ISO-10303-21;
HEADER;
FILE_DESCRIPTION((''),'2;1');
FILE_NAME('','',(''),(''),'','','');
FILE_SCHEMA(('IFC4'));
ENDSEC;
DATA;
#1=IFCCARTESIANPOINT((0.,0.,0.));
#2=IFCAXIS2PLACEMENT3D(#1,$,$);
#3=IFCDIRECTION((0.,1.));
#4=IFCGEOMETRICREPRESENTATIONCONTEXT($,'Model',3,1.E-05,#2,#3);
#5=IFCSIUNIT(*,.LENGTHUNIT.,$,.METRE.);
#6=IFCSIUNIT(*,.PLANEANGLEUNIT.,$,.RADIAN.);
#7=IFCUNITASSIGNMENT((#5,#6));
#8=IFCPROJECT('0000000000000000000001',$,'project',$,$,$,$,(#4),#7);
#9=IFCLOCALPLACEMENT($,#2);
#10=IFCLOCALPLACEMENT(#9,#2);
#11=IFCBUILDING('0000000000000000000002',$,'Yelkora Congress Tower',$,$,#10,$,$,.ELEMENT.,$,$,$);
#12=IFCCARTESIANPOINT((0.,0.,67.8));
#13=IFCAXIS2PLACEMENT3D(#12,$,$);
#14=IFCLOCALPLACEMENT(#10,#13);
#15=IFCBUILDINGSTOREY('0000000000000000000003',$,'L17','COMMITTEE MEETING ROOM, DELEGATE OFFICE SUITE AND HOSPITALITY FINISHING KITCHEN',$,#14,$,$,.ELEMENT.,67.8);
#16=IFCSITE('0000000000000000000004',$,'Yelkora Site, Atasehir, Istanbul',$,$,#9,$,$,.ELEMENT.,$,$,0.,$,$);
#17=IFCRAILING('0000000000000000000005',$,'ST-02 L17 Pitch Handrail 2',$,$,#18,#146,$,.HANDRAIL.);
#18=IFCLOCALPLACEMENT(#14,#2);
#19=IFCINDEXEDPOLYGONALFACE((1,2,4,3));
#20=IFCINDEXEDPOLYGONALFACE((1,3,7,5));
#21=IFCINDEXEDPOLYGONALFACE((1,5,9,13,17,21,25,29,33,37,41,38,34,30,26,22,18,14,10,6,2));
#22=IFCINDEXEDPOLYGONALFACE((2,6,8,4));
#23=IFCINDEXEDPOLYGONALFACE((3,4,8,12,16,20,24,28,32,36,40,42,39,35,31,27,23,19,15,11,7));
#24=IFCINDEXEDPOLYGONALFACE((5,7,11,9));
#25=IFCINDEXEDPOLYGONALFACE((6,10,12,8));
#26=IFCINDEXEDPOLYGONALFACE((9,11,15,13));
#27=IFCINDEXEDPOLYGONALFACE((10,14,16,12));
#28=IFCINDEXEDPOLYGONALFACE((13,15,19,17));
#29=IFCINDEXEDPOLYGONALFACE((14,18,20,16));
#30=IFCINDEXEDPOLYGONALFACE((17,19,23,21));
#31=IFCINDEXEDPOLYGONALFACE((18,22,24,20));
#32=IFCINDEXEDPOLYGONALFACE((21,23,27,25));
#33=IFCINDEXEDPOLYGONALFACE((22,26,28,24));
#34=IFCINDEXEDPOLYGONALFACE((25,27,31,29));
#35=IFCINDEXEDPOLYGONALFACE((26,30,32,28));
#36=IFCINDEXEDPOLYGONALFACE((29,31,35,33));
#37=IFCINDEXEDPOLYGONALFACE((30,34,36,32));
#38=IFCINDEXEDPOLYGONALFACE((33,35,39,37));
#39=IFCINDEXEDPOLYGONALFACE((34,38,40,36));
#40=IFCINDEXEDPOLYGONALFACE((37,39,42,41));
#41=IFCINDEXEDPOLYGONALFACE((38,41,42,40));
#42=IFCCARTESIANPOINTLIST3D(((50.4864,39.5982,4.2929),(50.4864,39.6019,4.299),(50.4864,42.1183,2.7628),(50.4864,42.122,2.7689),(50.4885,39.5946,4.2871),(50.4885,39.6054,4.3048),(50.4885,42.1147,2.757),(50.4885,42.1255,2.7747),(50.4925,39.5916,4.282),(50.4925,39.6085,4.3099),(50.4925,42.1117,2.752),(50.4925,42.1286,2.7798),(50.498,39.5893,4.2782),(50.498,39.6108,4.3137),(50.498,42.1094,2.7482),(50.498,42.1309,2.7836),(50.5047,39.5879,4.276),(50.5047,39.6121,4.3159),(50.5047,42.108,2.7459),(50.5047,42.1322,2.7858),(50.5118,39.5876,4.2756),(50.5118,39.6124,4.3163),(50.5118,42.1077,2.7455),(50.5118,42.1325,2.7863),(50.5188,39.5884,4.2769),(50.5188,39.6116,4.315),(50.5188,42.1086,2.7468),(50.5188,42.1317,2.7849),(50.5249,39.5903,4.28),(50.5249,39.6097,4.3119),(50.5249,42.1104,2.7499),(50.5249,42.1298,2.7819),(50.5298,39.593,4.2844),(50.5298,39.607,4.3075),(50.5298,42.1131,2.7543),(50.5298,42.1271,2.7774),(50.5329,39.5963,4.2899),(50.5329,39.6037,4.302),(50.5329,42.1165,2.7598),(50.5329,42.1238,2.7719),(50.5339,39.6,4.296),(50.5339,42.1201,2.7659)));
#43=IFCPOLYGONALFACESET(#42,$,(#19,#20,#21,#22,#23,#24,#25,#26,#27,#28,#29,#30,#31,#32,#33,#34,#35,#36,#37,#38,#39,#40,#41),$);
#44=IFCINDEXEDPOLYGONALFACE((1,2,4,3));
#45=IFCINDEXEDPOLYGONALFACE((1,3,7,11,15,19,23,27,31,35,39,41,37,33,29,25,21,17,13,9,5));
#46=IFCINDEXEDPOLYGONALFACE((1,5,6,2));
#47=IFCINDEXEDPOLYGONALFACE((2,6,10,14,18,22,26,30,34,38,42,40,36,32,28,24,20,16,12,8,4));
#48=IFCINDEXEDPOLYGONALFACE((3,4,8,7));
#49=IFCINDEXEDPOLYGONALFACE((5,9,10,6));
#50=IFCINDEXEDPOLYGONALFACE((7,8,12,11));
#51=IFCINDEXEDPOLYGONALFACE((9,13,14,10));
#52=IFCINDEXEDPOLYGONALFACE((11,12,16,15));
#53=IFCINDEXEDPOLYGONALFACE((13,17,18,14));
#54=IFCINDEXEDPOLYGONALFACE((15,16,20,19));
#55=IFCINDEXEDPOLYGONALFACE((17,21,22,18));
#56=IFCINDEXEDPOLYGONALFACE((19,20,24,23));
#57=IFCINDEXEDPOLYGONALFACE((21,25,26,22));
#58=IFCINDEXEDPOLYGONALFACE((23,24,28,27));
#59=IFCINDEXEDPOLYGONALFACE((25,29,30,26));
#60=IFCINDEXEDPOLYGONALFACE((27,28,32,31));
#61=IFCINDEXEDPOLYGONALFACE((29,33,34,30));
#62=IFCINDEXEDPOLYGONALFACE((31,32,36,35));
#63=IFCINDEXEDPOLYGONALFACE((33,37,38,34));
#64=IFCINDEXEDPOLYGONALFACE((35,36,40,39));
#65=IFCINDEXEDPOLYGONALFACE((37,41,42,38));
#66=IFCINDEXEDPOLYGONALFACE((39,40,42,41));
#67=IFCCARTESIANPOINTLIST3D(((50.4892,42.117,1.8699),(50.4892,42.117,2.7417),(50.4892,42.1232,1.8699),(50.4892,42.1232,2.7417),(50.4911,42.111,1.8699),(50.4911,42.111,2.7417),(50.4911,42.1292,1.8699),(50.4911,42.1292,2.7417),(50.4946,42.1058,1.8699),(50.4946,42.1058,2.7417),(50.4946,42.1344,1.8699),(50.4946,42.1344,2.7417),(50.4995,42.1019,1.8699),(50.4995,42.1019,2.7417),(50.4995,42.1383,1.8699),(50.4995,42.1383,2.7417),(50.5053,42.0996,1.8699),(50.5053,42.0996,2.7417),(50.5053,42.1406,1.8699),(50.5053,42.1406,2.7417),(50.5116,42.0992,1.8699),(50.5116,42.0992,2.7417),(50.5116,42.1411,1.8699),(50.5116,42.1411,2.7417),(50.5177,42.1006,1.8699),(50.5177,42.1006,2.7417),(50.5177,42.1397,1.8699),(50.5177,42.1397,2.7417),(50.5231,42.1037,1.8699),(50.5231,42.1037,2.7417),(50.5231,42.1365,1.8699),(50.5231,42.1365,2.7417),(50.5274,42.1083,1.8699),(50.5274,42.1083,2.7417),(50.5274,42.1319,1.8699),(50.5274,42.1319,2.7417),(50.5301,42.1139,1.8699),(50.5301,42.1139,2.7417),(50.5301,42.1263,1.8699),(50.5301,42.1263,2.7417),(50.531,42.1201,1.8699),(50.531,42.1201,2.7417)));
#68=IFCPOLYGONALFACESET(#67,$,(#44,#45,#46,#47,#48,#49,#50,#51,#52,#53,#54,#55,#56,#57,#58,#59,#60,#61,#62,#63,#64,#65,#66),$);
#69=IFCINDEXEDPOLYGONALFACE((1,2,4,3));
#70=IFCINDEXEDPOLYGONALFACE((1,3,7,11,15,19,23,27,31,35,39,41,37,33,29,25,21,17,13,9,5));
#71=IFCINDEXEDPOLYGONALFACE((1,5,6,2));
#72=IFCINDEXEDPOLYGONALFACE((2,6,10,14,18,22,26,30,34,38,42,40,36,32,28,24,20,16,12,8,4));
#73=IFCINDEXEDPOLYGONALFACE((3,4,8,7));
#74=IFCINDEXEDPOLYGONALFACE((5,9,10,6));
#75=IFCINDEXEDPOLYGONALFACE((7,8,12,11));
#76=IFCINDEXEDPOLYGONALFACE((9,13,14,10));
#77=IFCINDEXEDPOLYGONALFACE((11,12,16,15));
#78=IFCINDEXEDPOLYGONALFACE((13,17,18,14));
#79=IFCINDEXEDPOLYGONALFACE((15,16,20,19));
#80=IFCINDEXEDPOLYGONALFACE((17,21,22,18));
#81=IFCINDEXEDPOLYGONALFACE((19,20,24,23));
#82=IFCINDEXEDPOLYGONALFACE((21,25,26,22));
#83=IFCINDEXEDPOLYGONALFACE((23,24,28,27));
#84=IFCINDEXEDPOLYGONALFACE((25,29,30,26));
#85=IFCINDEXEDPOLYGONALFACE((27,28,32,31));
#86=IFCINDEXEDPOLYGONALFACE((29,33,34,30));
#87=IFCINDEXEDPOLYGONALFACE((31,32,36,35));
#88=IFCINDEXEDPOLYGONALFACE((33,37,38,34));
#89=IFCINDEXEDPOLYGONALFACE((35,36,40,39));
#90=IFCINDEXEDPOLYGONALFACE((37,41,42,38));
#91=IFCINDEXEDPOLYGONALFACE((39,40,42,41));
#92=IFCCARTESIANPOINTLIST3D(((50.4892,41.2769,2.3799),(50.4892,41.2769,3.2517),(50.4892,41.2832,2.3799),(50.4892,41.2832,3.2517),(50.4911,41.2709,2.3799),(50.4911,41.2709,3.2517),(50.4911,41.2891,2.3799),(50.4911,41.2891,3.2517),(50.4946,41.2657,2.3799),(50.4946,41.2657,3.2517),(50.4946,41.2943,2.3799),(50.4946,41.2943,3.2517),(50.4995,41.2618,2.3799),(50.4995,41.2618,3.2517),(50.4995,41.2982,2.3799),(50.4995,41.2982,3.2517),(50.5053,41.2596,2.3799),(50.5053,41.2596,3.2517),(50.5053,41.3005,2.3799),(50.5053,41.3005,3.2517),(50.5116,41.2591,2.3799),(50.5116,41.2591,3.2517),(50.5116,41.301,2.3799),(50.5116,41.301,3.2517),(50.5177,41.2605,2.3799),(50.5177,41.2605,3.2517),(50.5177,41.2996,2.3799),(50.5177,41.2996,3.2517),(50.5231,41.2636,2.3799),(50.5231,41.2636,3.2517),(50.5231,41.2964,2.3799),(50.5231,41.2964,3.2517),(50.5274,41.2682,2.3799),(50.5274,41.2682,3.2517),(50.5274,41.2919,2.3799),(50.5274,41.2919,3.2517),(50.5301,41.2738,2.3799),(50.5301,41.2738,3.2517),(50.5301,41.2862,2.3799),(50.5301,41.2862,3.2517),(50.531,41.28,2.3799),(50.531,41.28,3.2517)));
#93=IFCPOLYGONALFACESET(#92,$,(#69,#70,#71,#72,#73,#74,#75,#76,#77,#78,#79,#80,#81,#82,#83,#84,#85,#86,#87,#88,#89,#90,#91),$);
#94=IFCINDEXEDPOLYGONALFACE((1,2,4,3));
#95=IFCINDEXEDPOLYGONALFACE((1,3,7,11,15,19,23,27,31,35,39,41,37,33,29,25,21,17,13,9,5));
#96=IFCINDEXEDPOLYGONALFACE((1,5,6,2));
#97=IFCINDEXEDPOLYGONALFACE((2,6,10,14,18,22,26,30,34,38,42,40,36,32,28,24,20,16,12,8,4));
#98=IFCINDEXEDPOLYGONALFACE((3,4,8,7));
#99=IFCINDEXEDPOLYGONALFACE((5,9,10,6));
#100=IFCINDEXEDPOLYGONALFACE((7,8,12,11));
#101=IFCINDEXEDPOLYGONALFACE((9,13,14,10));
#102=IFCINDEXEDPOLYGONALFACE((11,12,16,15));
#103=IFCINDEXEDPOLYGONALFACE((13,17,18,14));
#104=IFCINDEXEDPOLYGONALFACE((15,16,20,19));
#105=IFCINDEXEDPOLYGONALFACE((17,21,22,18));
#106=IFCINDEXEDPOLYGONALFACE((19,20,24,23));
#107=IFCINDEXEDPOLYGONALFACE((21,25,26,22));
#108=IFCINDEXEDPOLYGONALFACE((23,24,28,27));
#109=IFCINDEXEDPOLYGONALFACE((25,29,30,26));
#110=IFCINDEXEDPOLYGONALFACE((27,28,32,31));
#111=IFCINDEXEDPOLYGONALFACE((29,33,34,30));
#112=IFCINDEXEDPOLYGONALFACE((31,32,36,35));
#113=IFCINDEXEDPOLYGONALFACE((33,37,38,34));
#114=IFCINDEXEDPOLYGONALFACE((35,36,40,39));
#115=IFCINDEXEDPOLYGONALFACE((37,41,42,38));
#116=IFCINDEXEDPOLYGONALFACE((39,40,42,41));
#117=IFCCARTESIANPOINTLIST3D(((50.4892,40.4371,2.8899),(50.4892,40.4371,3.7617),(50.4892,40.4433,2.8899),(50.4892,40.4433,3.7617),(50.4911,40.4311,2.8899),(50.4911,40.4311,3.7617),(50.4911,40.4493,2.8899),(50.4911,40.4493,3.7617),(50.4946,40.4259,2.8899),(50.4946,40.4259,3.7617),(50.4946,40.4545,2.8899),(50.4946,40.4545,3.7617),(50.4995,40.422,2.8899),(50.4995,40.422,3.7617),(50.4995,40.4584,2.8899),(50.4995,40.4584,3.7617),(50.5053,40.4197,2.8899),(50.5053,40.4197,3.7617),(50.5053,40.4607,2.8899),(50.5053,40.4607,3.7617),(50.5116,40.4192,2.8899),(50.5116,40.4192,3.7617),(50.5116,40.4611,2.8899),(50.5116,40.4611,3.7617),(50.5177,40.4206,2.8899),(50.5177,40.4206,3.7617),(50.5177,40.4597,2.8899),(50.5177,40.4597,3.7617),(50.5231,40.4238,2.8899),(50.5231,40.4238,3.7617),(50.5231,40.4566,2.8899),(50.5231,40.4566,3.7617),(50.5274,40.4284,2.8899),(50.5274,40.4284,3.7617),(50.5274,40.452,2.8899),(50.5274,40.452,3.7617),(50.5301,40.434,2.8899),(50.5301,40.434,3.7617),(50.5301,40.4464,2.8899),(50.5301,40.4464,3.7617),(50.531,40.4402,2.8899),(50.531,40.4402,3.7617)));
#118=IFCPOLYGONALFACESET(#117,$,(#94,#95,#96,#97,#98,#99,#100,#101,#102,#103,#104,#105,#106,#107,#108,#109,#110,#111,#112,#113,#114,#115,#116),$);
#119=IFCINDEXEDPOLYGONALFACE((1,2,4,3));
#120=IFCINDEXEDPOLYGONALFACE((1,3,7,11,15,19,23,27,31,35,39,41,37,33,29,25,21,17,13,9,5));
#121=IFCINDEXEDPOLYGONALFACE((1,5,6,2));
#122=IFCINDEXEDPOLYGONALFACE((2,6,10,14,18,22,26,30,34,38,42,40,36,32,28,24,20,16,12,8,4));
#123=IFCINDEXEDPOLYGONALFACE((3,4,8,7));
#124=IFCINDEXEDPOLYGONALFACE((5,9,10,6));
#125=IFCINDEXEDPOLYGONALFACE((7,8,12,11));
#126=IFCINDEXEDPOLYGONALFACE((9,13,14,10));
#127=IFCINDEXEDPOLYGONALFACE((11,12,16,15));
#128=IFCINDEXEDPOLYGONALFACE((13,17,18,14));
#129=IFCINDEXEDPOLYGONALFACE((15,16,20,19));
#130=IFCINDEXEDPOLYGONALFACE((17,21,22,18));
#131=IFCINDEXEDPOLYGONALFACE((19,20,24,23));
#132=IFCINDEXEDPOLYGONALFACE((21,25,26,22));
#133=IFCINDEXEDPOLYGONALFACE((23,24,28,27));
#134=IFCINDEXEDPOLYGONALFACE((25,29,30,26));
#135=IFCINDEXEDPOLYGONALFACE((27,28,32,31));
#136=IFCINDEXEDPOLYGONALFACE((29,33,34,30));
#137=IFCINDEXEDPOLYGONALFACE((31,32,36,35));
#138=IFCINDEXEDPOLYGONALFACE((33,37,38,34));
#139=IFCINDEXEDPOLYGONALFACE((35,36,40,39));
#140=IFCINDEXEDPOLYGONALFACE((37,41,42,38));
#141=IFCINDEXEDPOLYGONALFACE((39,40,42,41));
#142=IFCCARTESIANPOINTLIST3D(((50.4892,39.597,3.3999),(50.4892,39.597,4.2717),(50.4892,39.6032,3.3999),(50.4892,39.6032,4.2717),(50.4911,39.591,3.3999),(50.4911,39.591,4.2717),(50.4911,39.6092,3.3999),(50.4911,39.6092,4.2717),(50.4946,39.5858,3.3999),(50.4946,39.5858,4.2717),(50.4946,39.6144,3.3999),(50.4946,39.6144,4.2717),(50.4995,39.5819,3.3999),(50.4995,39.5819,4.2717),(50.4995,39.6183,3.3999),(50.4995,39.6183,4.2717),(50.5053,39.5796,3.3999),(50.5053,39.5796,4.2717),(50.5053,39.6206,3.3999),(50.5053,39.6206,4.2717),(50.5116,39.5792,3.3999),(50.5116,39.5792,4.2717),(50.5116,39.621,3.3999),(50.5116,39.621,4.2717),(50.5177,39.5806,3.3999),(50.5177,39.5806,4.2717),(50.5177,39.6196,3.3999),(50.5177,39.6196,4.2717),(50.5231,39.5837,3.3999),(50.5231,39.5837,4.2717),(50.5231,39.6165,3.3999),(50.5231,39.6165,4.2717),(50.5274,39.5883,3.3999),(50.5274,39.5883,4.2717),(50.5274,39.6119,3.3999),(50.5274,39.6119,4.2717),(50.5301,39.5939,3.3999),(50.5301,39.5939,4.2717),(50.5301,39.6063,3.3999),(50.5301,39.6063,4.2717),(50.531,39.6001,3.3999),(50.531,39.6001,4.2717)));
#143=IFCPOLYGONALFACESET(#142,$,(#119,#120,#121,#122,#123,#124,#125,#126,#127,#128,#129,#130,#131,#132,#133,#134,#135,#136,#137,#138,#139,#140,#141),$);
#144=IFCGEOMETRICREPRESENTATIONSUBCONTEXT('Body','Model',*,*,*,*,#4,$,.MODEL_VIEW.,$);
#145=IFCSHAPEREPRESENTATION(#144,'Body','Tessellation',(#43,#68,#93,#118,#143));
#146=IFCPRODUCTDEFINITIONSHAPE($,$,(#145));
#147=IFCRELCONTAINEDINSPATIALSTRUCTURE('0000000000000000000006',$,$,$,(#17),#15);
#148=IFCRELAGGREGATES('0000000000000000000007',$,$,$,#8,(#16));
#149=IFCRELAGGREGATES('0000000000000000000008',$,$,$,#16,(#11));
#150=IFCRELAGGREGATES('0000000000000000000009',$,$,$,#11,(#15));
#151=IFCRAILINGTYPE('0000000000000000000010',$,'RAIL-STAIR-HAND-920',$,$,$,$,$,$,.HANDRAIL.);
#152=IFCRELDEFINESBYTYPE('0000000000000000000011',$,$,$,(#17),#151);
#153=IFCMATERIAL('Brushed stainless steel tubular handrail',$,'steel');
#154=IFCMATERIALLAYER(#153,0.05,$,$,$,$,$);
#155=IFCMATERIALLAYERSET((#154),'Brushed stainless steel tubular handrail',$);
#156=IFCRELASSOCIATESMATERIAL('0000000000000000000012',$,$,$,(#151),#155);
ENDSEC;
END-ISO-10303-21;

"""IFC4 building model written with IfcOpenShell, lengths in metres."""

from ifc_helpers import new_model, si_unit, direction, frame, origin, origin_2d, place, context, subcontext, project, spatial, circle, extrude, material, layer, layer_set, type_object, element, save


model = new_model("IFC4")

# Units and contexts
model_context = context("Model", 3, precision=1e-05, world=origin(), true_north=direction((0.0, 1.0)))
body_context = subcontext(model_context, "Body", "Model", "MODEL_VIEW")
ifc_project = project(units=[si_unit("LENGTHUNIT", "METRE"), si_unit("PLANEANGLEUNIT", "RADIAN")], contexts=[model_context])

# Site, building, storey
site_placement = place(None, origin())
site = spatial("IfcSite", under=ifc_project, at=site_placement, Name="Yelkora Site, Atasehir, Istanbul", CompositionType="ELEMENT", RefElevation=0.0)
building_placement = place(site_placement, origin())
building = spatial("IfcBuilding", under=site, at=building_placement, Name="Yelkora Congress Tower", CompositionType="ELEMENT")
storey_placement = place(building_placement, frame((0.0, 0.0, 67.8)))
storey = spatial("IfcBuildingStorey", under=building, at=storey_placement, Name="L17", Description="COMMITTEE MEETING ROOM, DELEGATE OFFICE SUITE AND HOSPITALITY FINISHING KITCHEN", CompositionType="ELEMENT", Elevation=67.8)

# Railing
ifc_material_1 = material(Name="Brushed stainless steel tubular handrail", Category="steel")
ifc_layer_1 = layer(ifc_material_1, 0.05)
ifc_layer_set_1 = layer_set([ifc_layer_1], Name="Brushed stainless steel tubular handrail")
railing_type_1 = type_object("IfcRailingType", Name="RAIL-STAIR-HAND-920", PredefinedType="HANDRAIL", material=ifc_layer_set_1)
railing_1_placement = place(storey_placement, frame((50.51, 42.1201, 1.8699)))
element("IfcRailing", 1, at=railing_1_placement, inside=storey, type_object=railing_type_1, Name="ST-02 L17 Pitch Handrail 2", PredefinedType="HANDRAIL", context=body_context, shape_type="SweptSolid", body=[
    extrude(circle(Radius=0.0239, at=origin_2d()), frame((0.0, 0.0, 0.896), z_axis=(0.0, -0.854785, 0.518982), x_axis=(1.0, 0.0, 0.0)), (0.0, 0.0, 1.0), 2.9482),
    extrude(circle(Radius=0.021, at=origin_2d()), origin(), (0.0, 0.0, 1.0), 0.8718),
    extrude(circle(Radius=0.021, at=origin_2d()), frame((0.0, -0.8401, 0.51)), (0.0, 0.0, 1.0), 0.8718),
    extrude(circle(Radius=0.021, at=origin_2d()), frame((0.0, -1.6799, 1.02)), (0.0, 0.0, 1.0), 0.8718),
    extrude(circle(Radius=0.021, at=origin_2d()), frame((0.0, -2.52, 1.53)), (0.0, 0.0, 1.0), 0.8718),
])

save(model, "model.ifc")
